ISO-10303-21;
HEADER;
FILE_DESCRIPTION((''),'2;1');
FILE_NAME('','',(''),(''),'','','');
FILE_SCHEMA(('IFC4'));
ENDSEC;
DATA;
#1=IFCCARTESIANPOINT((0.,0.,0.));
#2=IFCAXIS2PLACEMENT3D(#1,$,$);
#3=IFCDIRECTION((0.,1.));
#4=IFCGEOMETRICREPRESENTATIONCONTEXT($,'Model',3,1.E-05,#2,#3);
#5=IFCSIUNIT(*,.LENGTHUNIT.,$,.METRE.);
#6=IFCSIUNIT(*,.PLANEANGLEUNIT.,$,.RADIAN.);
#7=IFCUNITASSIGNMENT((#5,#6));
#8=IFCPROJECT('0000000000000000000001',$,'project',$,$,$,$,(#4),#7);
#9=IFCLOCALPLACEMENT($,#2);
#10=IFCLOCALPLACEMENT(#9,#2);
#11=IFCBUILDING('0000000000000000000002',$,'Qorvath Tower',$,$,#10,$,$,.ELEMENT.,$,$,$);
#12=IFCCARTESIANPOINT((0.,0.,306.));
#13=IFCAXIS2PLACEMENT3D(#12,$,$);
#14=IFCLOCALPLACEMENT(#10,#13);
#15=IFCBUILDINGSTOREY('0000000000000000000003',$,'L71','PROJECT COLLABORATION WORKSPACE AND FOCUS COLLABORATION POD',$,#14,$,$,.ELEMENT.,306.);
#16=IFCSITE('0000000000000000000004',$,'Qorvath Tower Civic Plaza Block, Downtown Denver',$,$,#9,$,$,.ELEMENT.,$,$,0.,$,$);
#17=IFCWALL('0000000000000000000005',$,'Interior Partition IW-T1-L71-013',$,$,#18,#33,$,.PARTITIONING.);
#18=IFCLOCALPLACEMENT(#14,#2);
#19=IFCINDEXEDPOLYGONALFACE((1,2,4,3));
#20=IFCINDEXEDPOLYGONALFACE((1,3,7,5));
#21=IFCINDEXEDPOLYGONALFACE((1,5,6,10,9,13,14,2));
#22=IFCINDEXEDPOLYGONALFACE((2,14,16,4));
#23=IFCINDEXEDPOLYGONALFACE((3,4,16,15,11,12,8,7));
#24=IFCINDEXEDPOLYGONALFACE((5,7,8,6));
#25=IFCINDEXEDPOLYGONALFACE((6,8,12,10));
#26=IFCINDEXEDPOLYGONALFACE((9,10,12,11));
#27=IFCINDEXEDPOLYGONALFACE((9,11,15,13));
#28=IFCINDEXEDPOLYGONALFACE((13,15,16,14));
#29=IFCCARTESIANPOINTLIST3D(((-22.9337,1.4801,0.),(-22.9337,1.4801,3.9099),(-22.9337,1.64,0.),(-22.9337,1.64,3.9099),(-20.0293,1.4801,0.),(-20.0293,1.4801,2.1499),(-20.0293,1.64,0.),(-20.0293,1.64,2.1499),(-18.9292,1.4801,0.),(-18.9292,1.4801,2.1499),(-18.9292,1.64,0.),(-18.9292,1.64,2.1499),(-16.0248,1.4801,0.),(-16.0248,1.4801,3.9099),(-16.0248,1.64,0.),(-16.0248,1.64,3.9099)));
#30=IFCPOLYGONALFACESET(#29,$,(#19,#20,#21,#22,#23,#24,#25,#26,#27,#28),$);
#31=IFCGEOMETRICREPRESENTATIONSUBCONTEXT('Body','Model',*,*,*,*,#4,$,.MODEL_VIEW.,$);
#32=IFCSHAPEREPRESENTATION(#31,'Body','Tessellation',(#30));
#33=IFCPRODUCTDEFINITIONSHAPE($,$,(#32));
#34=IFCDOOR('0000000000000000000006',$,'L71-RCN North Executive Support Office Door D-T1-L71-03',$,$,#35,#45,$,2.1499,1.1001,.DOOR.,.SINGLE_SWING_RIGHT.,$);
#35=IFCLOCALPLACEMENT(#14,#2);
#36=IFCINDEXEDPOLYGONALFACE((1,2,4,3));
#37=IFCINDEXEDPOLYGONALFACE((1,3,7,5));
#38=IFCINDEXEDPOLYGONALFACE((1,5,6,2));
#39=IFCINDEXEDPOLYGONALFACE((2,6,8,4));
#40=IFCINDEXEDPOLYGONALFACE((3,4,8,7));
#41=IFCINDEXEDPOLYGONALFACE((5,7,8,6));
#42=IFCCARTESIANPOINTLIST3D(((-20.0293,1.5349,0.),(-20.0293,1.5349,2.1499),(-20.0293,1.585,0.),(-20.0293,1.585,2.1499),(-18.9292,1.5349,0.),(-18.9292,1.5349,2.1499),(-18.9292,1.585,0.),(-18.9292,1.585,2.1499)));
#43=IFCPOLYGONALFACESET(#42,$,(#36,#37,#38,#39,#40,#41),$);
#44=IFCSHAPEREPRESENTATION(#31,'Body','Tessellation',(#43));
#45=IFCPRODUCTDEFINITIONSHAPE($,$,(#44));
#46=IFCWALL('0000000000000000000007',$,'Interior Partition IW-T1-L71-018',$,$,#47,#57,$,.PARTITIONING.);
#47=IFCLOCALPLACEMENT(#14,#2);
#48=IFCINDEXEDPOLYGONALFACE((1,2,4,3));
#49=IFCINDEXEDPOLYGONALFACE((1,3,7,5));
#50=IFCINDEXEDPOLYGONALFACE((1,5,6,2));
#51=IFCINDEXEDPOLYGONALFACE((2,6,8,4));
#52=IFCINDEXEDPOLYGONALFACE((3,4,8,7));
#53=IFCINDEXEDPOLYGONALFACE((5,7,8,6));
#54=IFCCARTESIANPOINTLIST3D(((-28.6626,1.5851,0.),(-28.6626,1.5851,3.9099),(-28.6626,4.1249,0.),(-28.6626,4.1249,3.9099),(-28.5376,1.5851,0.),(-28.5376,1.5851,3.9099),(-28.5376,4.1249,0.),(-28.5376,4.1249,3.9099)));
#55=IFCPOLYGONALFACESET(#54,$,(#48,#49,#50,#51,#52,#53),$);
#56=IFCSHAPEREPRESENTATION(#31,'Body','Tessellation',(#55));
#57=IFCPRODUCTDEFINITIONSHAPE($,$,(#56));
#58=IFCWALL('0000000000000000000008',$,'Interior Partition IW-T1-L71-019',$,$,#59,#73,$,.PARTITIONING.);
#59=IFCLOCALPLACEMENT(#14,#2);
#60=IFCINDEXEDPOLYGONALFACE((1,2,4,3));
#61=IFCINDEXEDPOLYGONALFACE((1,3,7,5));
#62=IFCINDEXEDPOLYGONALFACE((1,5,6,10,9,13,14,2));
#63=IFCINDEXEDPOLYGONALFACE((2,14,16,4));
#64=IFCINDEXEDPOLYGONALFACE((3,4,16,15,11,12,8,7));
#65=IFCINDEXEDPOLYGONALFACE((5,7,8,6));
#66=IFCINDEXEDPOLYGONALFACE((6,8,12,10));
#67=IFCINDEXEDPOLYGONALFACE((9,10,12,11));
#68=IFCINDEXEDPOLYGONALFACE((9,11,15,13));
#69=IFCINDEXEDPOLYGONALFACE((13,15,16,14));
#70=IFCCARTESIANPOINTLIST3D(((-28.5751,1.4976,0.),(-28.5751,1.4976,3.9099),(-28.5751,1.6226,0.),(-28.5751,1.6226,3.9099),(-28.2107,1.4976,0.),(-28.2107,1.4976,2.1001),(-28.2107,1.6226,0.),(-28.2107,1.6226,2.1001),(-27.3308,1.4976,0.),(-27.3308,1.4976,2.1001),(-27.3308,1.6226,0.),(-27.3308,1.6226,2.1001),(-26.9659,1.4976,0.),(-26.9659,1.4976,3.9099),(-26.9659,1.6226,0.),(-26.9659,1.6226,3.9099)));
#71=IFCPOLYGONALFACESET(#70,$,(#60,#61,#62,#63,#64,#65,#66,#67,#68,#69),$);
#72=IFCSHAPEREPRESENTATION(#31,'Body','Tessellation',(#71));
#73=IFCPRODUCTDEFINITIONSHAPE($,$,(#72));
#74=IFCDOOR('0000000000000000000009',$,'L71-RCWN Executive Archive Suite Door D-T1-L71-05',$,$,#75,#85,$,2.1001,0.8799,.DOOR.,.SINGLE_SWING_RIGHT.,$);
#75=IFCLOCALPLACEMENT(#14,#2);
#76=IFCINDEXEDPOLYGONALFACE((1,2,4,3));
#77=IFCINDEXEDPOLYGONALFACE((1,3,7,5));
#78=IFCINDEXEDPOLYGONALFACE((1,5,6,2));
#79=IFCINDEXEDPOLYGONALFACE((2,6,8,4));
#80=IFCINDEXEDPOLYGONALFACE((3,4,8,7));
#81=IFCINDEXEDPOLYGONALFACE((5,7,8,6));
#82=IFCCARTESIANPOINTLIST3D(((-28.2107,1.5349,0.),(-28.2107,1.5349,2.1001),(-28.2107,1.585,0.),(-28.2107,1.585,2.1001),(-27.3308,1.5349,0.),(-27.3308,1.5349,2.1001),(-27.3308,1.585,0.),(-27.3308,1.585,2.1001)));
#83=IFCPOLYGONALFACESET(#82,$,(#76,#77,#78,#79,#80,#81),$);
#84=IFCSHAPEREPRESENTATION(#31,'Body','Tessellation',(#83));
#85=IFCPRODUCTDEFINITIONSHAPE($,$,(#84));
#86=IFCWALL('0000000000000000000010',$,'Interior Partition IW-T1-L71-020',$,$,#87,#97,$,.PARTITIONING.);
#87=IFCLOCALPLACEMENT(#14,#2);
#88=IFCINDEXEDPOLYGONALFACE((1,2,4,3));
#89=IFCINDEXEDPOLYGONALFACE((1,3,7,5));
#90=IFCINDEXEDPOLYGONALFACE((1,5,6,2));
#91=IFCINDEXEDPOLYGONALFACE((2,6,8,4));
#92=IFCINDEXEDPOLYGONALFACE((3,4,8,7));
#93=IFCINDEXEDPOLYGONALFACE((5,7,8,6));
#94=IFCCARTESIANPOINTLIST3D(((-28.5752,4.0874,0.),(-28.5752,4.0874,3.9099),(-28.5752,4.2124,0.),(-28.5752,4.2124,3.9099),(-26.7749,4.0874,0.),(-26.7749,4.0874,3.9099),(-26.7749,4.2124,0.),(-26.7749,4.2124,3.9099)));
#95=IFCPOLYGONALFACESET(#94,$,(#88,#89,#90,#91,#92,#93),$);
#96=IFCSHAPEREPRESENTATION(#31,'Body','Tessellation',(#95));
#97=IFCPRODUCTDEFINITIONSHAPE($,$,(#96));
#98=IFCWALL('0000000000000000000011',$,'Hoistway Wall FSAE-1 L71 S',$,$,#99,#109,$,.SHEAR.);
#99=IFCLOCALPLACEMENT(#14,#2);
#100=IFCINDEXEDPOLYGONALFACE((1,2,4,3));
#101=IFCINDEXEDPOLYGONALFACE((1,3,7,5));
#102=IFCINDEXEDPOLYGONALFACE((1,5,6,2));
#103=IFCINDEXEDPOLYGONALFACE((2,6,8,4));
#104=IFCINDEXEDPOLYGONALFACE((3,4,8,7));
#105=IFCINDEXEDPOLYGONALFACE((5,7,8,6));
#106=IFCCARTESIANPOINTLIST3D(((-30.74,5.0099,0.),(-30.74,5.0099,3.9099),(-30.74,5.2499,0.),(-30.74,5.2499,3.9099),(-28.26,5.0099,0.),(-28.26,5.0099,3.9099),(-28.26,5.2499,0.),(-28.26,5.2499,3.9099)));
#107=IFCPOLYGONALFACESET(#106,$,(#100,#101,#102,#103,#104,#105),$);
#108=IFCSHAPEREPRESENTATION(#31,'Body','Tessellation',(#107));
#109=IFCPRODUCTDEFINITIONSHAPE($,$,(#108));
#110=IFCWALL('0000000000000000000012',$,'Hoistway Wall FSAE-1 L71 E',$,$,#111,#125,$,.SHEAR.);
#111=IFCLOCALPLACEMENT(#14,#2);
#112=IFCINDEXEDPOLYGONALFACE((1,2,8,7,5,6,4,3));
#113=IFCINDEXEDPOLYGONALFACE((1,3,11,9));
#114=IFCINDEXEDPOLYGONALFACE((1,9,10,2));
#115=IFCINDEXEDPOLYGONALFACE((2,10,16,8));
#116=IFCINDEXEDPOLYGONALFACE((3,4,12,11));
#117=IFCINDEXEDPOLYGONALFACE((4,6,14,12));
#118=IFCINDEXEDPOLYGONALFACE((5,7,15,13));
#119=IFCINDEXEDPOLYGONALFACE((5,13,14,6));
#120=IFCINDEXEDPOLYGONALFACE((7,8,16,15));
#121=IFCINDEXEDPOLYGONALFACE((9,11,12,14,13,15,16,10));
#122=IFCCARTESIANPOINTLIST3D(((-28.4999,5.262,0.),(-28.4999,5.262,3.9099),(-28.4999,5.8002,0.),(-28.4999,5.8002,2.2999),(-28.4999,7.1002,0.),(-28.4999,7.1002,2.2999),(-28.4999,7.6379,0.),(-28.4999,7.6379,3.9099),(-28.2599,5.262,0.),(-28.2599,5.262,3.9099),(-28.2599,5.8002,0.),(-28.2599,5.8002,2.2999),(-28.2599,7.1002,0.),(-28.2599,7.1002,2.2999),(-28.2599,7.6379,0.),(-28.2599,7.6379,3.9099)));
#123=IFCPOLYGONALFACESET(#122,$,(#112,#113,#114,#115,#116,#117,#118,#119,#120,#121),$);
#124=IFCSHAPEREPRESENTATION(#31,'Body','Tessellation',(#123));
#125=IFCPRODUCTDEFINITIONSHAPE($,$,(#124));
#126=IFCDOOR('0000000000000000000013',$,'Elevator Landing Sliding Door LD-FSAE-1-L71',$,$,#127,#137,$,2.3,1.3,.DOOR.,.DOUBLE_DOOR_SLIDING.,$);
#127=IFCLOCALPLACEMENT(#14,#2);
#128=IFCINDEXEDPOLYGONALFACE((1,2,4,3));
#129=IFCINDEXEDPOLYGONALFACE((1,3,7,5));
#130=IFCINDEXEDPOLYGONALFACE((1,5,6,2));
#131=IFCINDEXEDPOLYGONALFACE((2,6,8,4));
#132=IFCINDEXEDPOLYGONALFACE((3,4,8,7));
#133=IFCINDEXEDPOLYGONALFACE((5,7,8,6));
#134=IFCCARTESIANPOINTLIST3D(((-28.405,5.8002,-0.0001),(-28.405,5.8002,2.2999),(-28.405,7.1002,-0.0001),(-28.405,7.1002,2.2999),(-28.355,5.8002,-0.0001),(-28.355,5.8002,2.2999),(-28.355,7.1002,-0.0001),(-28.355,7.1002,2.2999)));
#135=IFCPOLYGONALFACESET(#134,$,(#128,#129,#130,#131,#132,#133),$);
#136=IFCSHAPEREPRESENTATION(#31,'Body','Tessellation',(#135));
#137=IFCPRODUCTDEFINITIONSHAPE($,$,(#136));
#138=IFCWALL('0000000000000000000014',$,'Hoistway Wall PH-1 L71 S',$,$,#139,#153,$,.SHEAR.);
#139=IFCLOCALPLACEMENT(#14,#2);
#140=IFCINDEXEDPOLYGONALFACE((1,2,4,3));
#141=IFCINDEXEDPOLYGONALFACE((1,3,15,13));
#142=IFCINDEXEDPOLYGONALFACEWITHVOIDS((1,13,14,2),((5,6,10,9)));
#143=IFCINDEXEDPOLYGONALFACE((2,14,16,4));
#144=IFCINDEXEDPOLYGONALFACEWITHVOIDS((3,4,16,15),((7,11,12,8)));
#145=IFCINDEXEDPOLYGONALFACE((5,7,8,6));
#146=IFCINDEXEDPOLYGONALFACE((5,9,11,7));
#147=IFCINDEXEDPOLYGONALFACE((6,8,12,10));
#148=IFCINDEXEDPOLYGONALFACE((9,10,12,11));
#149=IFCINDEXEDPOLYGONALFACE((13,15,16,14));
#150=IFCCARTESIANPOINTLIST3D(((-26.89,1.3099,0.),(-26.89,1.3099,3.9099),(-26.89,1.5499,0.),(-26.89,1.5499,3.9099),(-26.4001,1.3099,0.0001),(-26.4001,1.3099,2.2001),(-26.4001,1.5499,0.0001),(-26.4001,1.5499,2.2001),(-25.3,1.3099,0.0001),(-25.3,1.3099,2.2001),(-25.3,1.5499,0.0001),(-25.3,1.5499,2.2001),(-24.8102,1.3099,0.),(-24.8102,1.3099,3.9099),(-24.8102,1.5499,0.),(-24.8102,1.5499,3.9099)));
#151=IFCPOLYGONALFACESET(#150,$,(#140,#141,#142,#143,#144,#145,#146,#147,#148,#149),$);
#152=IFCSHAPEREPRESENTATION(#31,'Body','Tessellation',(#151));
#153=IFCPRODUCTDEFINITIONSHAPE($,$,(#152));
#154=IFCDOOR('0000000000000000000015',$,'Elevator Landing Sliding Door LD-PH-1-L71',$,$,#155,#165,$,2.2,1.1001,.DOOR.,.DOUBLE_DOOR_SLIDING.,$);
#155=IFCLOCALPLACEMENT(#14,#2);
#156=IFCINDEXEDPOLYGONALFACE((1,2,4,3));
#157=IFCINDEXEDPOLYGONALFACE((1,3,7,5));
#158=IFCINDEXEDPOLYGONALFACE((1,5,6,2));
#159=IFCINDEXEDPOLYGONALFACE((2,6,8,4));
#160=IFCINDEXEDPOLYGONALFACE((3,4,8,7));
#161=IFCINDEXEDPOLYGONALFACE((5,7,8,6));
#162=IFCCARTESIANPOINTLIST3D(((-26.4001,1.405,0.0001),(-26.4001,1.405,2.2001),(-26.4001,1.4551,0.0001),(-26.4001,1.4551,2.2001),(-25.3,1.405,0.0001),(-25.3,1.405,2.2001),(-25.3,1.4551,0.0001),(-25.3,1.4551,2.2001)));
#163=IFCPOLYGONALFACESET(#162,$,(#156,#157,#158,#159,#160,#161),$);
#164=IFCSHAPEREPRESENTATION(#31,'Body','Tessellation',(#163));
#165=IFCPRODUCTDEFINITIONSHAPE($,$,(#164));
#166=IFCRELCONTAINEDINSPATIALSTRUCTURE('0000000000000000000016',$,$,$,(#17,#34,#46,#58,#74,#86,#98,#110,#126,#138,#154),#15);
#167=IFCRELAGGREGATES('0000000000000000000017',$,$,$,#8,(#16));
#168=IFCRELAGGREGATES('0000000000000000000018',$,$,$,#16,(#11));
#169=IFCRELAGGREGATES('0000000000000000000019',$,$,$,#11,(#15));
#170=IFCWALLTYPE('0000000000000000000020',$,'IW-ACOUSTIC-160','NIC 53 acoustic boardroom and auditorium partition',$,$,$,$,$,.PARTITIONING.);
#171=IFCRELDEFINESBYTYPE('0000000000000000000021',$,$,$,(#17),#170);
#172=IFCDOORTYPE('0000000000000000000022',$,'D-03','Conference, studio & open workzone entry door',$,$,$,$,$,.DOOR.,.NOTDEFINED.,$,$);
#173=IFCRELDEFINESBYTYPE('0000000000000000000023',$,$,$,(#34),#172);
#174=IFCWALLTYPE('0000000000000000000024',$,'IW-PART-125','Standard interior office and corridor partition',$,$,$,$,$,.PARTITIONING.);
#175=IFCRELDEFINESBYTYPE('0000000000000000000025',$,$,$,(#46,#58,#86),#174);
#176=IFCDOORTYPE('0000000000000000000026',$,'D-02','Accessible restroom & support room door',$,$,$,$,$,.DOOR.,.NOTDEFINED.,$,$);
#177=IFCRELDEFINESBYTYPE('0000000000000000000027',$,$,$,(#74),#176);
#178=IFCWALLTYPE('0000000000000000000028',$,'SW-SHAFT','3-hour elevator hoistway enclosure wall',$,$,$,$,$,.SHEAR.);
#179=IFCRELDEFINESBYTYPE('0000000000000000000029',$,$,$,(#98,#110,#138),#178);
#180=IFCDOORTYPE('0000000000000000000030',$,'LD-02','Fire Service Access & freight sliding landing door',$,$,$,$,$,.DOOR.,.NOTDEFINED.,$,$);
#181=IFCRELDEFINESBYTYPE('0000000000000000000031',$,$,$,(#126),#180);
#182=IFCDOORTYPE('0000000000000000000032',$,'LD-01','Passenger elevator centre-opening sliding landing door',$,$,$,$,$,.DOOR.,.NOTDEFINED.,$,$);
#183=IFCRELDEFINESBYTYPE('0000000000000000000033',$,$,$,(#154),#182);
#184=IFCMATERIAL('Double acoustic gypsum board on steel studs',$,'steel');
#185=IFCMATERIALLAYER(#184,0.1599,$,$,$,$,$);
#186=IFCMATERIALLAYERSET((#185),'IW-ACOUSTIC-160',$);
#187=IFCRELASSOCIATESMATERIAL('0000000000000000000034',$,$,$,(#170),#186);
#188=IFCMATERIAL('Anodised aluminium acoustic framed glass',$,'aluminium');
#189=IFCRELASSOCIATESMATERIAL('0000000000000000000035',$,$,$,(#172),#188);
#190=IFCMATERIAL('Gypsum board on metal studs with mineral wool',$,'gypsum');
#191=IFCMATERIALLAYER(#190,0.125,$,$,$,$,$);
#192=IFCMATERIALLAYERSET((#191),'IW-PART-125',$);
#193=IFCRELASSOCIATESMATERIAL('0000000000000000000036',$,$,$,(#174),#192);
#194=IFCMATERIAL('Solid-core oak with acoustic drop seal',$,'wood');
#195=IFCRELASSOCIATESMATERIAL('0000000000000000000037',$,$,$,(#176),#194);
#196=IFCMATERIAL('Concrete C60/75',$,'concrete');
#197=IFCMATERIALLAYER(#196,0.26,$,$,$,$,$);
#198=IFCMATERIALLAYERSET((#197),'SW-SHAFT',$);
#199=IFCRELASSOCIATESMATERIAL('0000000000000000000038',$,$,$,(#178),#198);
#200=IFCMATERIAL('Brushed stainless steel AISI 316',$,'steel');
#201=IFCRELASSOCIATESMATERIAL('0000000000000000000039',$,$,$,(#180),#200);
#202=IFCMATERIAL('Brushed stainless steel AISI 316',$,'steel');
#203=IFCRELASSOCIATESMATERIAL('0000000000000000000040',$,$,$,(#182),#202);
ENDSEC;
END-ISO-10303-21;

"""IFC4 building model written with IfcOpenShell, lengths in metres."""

from ifc_helpers import new_model, si_unit, direction, frame, frame_2d, origin, place, context, subcontext, project, spatial, rectangle, extrude, material, layer, layer_set, type_object, element, fill, save


model = new_model("IFC4")

# Units and contexts
model_context = context("Model", 3, precision=1e-05, world=origin(), true_north=direction((0.0, 1.0)))
body_context = subcontext(model_context, "Body", "Model", "MODEL_VIEW")
ifc_project = project(units=[si_unit("LENGTHUNIT", "METRE"), si_unit("PLANEANGLEUNIT", "RADIAN")], contexts=[model_context])

# Site, building, storey
site_placement = place(None, origin())
site = spatial("IfcSite", under=ifc_project, at=site_placement, Name="Qorvath Tower Civic Plaza Block, Downtown Denver", CompositionType="ELEMENT", RefElevation=0.0)
building_placement = place(site_placement, origin())
building = spatial("IfcBuilding", under=site, at=building_placement, Name="Qorvath Tower", CompositionType="ELEMENT")
storey_placement = place(building_placement, frame((0.0, 0.0, 306.0)))
storey = spatial("IfcBuildingStorey", under=building, at=storey_placement, Name="L71", Description="PROJECT COLLABORATION WORKSPACE AND FOCUS COLLABORATION POD", CompositionType="ELEMENT", Elevation=306.0)

# Wall, opening, door
ifc_material_1 = material(Name="Double acoustic gypsum board on steel studs", Category="steel")
ifc_layer_1 = layer(ifc_material_1, 0.1599)
ifc_layer_set_1 = layer_set([ifc_layer_1], Name="IW-ACOUSTIC-160")
wall_type_1 = type_object("IfcWallType", Name="IW-ACOUSTIC-160", Description="NIC 53 acoustic boardroom and auditorium partition", PredefinedType="PARTITIONING", material=ifc_layer_set_1)
wall_1_placement = place(storey_placement, frame((-22.9338, 1.5601, 0.0), z_axis=(0.0, 0.0, 1.0), x_axis=(1.0, 0.0, 0.0)))
wall_1 = element("IfcWall", 1, at=wall_1_placement, inside=storey, type_object=wall_type_1, Name="Interior Partition IW-T1-L71-013", PredefinedType="PARTITIONING", context=body_context, shape_type="SweptSolid", body=[
    extrude(rectangle(XDim=6.9089, YDim=0.1599, at=frame_2d((3.4546, 0.0))), origin(), (0.0, 0.0, 1.0), 3.9099),
])
opening_1_placement = place(wall_1_placement, frame((2.9045, 0.0, 0.0)))
opening_1 = element("IfcOpeningElement", 2, at=opening_1_placement, cuts=wall_1, PredefinedType="OPENING", context=body_context, shape_type="SweptSolid", body=[
    extrude(rectangle(XDim=1.1001, YDim=2.1499, at=frame_2d((0.55, 1.075))), frame((0.0, 0.0898, 0.0), z_axis=(0.0, -1.0, 0.0), x_axis=(1.0, 0.0, 0.0)), (0.0, 0.0, 1.0), 0.1799),
])
ifc_material_2 = material(Name="Anodised aluminium acoustic framed glass", Category="aluminium")
door_type_1 = type_object("IfcDoorType", Name="D-03", Description="Conference, studio & open workzone entry door", OperationType="NOTDEFINED", PredefinedType="DOOR", material=ifc_material_2)
door_1_placement = place(opening_1_placement, origin())
door_1 = element("IfcDoor", 3, at=door_1_placement, inside=storey, type_object=door_type_1, Name="L71-RCN North Executive Support Office Door D-T1-L71-03", OperationType="SINGLE_SWING_RIGHT", OverallHeight=2.1499, OverallWidth=1.1001, PredefinedType="DOOR", context=body_context, shape_type="SweptSolid", body=[
    extrude(rectangle(XDim=1.1001, YDim=2.1499, at=frame_2d((0.55, 1.075))), frame((0.0, 0.0249, 0.0), z_axis=(0.0, -1.0, 0.0), x_axis=(1.0, 0.0, 0.0)), (0.0, 0.0, 1.0), 0.05),
])
fill(opening_1, door_1)

# Wall
ifc_material_3 = material(Name="Gypsum board on metal studs with mineral wool", Category="gypsum")
ifc_layer_2 = layer(ifc_material_3, 0.125)
ifc_layer_set_2 = layer_set([ifc_layer_2], Name="IW-PART-125")
wall_type_2 = type_object("IfcWallType", Name="IW-PART-125", Description="Standard interior office and corridor partition", PredefinedType="PARTITIONING", material=ifc_layer_set_2)
wall_2_placement = place(storey_placement, frame((-28.6001, 4.125, 0.0), z_axis=(0.0, 0.0, 1.0), x_axis=(0.0, -1.0, 0.0)))
element("IfcWall", 4, at=wall_2_placement, inside=storey, type_object=wall_type_2, Name="Interior Partition IW-T1-L71-018", PredefinedType="PARTITIONING", context=body_context, shape_type="SweptSolid", body=[
    extrude(rectangle(XDim=2.5398, YDim=0.125, at=frame_2d((1.27, 0.0))), origin(), (0.0, 0.0, 1.0), 3.9099),
])

# Wall, opening, door
wall_3_placement = place(storey_placement, frame((-28.5752, 1.5601, 0.0), z_axis=(0.0, 0.0, 1.0), x_axis=(1.0, 0.0, 0.0)))
wall_3 = element("IfcWall", 5, at=wall_3_placement, inside=storey, type_object=wall_type_2, Name="Interior Partition IW-T1-L71-019", PredefinedType="PARTITIONING", context=body_context, shape_type="SweptSolid", body=[
    extrude(rectangle(XDim=1.6091, YDim=0.125, at=frame_2d((0.8047, 0.0))), origin(), (0.0, 0.0, 1.0), 3.9099),
])
opening_2_placement = place(wall_3_placement, frame((0.3645, 0.0, 0.0)))
opening_2 = element("IfcOpeningElement", 6, at=opening_2_placement, cuts=wall_3, PredefinedType="OPENING", context=body_context, shape_type="SweptSolid", body=[
    extrude(rectangle(XDim=0.8799, YDim=2.1001, at=frame_2d((0.4399, 1.05))), frame((0.0, 0.0725, 0.0), z_axis=(0.0, -1.0, 0.0), x_axis=(1.0, 0.0, 0.0)), (0.0, 0.0, 1.0), 0.145),
])
ifc_material_4 = material(Name="Solid-core oak with acoustic drop seal", Category="wood")
door_type_2 = type_object("IfcDoorType", Name="D-02", Description="Accessible restroom & support room door", OperationType="NOTDEFINED", PredefinedType="DOOR", material=ifc_material_4)
door_2_placement = place(opening_2_placement, origin())
door_2 = element("IfcDoor", 7, at=door_2_placement, inside=storey, type_object=door_type_2, Name="L71-RCWN Executive Archive Suite Door D-T1-L71-05", OperationType="SINGLE_SWING_RIGHT", OverallHeight=2.1001, OverallWidth=0.8799, PredefinedType="DOOR", context=body_context, shape_type="SweptSolid", body=[
    extrude(rectangle(XDim=0.8799, YDim=2.1001, at=frame_2d((0.4399, 1.05))), frame((0.0, 0.0249, 0.0), z_axis=(0.0, -1.0, 0.0), x_axis=(1.0, 0.0, 0.0)), (0.0, 0.0, 1.0), 0.05),
])
fill(opening_2, door_2)

# Walls
wall_4_placement = place(storey_placement, frame((-26.7749, 4.1499, 0.0), z_axis=(0.0, 0.0, 1.0), x_axis=(-1.0, 0.0, 0.0)))
element("IfcWall", 8, at=wall_4_placement, inside=storey, type_object=wall_type_2, Name="Interior Partition IW-T1-L71-020", PredefinedType="PARTITIONING", context=body_context, shape_type="SweptSolid", body=[
    extrude(rectangle(XDim=1.8003, YDim=0.125, at=frame_2d((0.9001, 0.0))), origin(), (0.0, 0.0, 1.0), 3.9099),
])
ifc_material_5 = material(Name="Concrete C60/75", Category="concrete")
ifc_layer_3 = layer(ifc_material_5, 0.26)
ifc_layer_set_3 = layer_set([ifc_layer_3], Name="SW-SHAFT")
wall_type_3 = type_object("IfcWallType", Name="SW-SHAFT", Description="3-hour elevator hoistway enclosure wall", PredefinedType="SHEAR", material=ifc_layer_set_3)
wall_5_placement = place(storey_placement, frame((-28.26, 5.1299, 0.0), z_axis=(0.0, 0.0, 1.0), x_axis=(-1.0, 0.0, 0.0)))
element("IfcWall", 9, at=wall_5_placement, inside=storey, type_object=wall_type_3, Name="Hoistway Wall FSAE-1 L71 S", PredefinedType="SHEAR", context=body_context, shape_type="SweptSolid", body=[
    extrude(rectangle(XDim=2.48, YDim=0.24, at=frame_2d((1.24, 0.0))), origin(), (0.0, 0.0, 1.0), 3.9099),
])

# Walls, openings, doors
wall_6_placement = place(storey_placement, frame((-28.3799, 7.6379, 0.0), z_axis=(0.0, 0.0, 1.0), x_axis=(0.0, -1.0, 0.0)))
wall_6 = element("IfcWall", 10, at=wall_6_placement, inside=storey, type_object=wall_type_3, Name="Hoistway Wall FSAE-1 L71 E", PredefinedType="SHEAR", context=body_context, shape_type="SweptSolid", body=[
    extrude(rectangle(XDim=2.376, YDim=0.24, at=frame_2d((1.188, 0.0))), origin(), (0.0, 0.0, 1.0), 3.9099),
])
opening_3_placement = place(wall_6_placement, frame((0.5378, 0.0, 0.0)))
opening_3 = element("IfcOpeningElement", 11, at=opening_3_placement, cuts=wall_6, PredefinedType="OPENING", context=body_context, shape_type="SweptSolid", body=[
    extrude(rectangle(XDim=1.3, YDim=2.3, at=frame_2d((0.6499, 1.1499))), frame((0.0, 0.1299, 0.0), z_axis=(0.0, -1.0, 0.0), x_axis=(1.0, 0.0, 0.0)), (0.0, 0.0, 1.0), 0.26),
])
ifc_material_6 = material(Name="Brushed stainless steel AISI 316", Category="steel")
door_type_3 = type_object("IfcDoorType", Name="LD-02", Description="Fire Service Access & freight sliding landing door", OperationType="NOTDEFINED", PredefinedType="DOOR", material=ifc_material_6)
door_3_placement = place(opening_3_placement, origin())
door_3 = element("IfcDoor", 12, at=door_3_placement, inside=storey, type_object=door_type_3, Name="Elevator Landing Sliding Door LD-FSAE-1-L71", OperationType="DOUBLE_DOOR_SLIDING", OverallHeight=2.3, OverallWidth=1.3, PredefinedType="DOOR", context=body_context, shape_type="SweptSolid", body=[
    extrude(rectangle(XDim=1.3, YDim=2.3, at=frame_2d((0.6499, 1.1499))), frame((0.0, 0.0249, 0.0), z_axis=(0.0, -1.0, 0.0), x_axis=(1.0, 0.0, 0.0)), (0.0, 0.0, 1.0), 0.05),
])
fill(opening_3, door_3)
wall_7_placement = place(storey_placement, frame((-24.8101, 1.4299, 0.0), z_axis=(0.0, 0.0, 1.0), x_axis=(-1.0, 0.0, 0.0)))
wall_7 = element("IfcWall", 13, at=wall_7_placement, inside=storey, type_object=wall_type_3, Name="Hoistway Wall PH-1 L71 S", PredefinedType="SHEAR", context=body_context, shape_type="SweptSolid", body=[
    extrude(rectangle(XDim=2.0798, YDim=0.24, at=frame_2d((1.04, 0.0))), origin(), (0.0, 0.0, 1.0), 3.9099),
])
opening_4_placement = place(wall_7_placement, frame((0.49, 0.0, 0.0)))
opening_4 = element("IfcOpeningElement", 14, at=opening_4_placement, cuts=wall_7, PredefinedType="OPENING", context=body_context, shape_type="SweptSolid", body=[
    extrude(rectangle(XDim=1.1001, YDim=2.2, at=frame_2d((0.55, 1.1001))), frame((0.0, 0.1299, 0.0), z_axis=(0.0, -1.0, 0.0), x_axis=(1.0, 0.0, 0.0)), (0.0, 0.0, 1.0), 0.26),
])
ifc_material_7 = material(Name="Brushed stainless steel AISI 316", Category="steel")
door_type_4 = type_object("IfcDoorType", Name="LD-01", Description="Passenger elevator centre-opening sliding landing door", OperationType="NOTDEFINED", PredefinedType="DOOR", material=ifc_material_7)
door_4_placement = place(opening_4_placement, origin())
door_4 = element("IfcDoor", 15, at=door_4_placement, inside=storey, type_object=door_type_4, Name="Elevator Landing Sliding Door LD-PH-1-L71", OperationType="DOUBLE_DOOR_SLIDING", OverallHeight=2.2, OverallWidth=1.1001, PredefinedType="DOOR", context=body_context, shape_type="SweptSolid", body=[
    extrude(rectangle(XDim=1.1001, YDim=2.2, at=frame_2d((0.55, 1.1001))), frame((0.0, 0.0249, 0.0), z_axis=(0.0, -1.0, 0.0), x_axis=(1.0, 0.0, 0.0)), (0.0, 0.0, 1.0), 0.05),
])
fill(opening_4, door_4)

save(model, "model.ifc")
